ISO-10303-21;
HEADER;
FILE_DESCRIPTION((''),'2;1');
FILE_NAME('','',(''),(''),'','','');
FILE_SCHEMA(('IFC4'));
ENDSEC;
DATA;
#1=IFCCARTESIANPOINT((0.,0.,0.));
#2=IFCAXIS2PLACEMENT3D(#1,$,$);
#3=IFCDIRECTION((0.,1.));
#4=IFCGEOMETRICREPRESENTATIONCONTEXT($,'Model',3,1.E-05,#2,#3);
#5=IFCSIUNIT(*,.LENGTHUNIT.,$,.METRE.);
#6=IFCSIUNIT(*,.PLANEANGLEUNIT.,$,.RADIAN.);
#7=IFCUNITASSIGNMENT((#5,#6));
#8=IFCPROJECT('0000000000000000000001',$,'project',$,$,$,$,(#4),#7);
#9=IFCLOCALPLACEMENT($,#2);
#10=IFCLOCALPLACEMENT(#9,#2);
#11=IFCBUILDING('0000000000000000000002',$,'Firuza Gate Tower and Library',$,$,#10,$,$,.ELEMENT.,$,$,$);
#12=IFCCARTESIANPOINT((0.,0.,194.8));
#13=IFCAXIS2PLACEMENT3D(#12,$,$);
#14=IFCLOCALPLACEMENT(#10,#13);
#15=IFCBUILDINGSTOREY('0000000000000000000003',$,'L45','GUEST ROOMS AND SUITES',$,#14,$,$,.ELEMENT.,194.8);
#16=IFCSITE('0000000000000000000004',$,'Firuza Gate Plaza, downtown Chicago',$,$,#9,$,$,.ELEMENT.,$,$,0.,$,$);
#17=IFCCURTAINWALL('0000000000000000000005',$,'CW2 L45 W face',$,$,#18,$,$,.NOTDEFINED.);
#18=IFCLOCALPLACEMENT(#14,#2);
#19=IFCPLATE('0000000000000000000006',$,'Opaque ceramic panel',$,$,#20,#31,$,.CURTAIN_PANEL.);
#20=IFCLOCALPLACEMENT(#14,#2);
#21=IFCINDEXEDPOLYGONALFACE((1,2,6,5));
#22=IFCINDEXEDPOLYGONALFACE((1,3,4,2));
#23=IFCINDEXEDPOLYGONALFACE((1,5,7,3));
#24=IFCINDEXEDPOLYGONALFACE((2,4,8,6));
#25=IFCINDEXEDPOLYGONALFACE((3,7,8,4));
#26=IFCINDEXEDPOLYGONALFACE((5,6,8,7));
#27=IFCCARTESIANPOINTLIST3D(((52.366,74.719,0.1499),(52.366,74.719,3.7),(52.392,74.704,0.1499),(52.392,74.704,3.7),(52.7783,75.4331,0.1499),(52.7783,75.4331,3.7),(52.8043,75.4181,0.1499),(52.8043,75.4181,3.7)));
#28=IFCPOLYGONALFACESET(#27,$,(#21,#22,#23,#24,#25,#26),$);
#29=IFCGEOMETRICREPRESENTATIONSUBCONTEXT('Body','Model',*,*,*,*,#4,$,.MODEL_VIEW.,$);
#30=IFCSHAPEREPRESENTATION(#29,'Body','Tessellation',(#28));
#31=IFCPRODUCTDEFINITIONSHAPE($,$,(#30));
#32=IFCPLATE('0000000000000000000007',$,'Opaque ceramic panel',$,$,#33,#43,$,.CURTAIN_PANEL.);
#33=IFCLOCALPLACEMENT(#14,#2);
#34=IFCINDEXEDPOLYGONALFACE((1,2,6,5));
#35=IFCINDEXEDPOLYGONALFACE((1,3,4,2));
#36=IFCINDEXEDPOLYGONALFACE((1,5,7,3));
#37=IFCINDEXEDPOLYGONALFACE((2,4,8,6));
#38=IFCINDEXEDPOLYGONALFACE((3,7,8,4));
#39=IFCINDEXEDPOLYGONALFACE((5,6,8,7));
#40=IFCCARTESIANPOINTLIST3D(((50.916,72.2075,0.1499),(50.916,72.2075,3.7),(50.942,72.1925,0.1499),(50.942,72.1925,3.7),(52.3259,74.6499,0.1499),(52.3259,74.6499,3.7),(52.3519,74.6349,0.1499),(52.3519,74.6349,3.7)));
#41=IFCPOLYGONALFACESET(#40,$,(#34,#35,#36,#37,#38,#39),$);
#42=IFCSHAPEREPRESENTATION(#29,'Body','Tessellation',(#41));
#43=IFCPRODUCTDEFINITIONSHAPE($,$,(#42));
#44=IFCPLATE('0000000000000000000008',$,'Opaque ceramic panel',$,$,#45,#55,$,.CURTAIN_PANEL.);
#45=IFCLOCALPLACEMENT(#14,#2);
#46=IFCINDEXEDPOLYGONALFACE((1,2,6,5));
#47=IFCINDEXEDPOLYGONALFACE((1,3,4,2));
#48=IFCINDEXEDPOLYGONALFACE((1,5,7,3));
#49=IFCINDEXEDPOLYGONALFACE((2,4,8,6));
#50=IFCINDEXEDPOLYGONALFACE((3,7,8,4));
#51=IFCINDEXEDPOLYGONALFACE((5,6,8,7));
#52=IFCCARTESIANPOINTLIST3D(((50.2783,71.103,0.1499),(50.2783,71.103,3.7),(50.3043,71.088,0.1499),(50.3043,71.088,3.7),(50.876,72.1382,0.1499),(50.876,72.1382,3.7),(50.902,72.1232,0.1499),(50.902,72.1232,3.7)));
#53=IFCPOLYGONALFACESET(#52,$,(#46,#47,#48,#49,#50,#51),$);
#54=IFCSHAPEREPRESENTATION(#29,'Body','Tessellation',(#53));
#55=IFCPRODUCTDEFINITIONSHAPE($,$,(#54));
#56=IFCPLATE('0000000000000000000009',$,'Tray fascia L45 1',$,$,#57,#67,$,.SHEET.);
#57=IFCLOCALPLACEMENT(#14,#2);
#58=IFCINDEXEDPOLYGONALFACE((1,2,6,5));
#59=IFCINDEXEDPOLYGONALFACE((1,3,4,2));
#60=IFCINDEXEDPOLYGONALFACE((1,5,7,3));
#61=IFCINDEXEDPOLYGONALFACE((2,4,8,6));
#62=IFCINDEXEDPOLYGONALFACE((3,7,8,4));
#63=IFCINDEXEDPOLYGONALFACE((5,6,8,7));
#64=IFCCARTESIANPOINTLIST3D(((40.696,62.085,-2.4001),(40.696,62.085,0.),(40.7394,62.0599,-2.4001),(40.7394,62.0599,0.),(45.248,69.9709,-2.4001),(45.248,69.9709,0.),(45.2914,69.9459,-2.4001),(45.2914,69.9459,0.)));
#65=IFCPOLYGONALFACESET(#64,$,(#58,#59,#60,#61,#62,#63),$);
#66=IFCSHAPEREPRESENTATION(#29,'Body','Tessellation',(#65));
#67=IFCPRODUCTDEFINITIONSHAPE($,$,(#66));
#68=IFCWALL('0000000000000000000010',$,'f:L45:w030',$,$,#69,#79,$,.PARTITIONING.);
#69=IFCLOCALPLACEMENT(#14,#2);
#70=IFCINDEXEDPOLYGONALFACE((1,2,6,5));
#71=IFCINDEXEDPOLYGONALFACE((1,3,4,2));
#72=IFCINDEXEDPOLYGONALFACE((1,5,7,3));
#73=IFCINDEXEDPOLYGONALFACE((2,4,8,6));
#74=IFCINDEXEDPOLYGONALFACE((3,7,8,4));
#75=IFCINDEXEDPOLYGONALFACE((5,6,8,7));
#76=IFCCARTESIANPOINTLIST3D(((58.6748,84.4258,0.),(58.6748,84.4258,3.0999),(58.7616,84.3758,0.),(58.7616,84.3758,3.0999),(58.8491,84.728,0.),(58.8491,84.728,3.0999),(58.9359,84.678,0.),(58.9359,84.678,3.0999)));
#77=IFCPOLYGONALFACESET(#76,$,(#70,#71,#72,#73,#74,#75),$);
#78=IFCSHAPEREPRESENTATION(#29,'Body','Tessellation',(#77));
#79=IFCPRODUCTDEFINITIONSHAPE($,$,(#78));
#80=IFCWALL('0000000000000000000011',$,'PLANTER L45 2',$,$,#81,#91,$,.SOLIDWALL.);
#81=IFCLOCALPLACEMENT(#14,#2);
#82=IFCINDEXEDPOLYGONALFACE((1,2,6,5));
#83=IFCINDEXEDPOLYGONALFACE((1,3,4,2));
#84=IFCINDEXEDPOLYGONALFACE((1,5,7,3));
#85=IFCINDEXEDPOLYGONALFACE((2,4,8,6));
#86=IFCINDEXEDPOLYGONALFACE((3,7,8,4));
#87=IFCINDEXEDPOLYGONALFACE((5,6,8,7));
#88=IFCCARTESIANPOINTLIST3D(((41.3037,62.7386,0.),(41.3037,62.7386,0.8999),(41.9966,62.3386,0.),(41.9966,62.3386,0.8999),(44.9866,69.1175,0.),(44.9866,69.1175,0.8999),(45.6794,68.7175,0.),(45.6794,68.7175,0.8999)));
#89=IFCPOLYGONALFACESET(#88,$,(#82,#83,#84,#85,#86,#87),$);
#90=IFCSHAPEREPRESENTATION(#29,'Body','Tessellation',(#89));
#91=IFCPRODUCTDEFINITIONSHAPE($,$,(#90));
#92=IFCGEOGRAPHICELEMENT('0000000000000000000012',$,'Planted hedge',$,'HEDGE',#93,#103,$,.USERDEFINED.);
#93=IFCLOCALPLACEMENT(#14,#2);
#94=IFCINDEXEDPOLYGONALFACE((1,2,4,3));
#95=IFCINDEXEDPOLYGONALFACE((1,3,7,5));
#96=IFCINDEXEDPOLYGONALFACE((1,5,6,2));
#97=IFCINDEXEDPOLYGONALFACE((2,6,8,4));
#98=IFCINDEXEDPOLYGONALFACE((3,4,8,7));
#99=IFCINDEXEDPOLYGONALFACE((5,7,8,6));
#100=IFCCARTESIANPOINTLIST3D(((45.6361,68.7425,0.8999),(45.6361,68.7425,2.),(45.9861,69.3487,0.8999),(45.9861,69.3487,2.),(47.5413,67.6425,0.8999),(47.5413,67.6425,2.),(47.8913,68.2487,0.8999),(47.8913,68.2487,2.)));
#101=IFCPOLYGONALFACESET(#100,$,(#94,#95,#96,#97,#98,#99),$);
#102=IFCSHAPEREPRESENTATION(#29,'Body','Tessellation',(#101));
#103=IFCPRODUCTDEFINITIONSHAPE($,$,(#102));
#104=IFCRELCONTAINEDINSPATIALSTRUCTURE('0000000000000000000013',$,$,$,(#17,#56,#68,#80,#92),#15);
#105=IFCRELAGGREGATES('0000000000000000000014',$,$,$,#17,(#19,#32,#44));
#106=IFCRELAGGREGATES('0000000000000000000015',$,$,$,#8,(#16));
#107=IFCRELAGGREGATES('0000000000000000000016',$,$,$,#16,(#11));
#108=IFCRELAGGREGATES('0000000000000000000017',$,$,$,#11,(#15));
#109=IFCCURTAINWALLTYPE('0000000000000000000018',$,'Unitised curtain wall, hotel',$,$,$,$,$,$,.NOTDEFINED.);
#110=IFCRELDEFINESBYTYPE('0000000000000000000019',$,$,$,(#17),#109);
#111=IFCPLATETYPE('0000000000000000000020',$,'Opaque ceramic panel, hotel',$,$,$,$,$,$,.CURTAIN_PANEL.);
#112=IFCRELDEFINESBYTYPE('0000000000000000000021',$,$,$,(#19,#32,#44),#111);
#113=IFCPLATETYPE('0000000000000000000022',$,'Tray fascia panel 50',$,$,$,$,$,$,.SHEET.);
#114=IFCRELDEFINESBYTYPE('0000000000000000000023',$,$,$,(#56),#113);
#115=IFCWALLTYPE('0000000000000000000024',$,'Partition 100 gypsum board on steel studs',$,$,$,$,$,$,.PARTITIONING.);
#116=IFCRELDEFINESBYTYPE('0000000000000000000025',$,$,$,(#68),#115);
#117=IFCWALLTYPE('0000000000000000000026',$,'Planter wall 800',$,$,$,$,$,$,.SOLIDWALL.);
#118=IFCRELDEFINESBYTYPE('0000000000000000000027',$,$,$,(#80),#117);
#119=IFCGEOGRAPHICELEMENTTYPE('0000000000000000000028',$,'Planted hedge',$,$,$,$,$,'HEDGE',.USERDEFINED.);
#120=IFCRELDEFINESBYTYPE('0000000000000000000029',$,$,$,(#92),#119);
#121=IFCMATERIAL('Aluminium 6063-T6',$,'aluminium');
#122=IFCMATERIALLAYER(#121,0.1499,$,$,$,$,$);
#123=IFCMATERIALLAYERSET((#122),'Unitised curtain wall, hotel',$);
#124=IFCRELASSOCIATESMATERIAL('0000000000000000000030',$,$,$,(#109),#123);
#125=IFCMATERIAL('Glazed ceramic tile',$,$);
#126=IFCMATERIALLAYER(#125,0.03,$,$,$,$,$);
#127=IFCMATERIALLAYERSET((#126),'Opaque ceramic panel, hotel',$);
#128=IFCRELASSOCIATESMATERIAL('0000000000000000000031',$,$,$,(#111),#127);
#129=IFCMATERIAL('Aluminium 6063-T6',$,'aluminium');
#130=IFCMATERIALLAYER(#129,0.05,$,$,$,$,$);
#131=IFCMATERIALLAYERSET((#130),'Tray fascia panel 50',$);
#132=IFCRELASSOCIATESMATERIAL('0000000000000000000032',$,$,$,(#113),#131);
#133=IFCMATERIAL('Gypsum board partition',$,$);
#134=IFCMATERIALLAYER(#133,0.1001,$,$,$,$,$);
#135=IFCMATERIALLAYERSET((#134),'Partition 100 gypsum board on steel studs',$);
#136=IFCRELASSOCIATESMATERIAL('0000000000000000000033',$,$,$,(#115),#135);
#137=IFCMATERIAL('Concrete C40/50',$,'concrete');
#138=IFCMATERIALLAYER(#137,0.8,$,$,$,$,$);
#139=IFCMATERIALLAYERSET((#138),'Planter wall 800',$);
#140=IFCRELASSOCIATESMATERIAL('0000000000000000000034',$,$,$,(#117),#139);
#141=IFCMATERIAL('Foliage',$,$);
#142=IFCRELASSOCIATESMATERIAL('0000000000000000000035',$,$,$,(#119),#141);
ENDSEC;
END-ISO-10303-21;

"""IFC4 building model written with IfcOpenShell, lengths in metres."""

from ifc_helpers import new_model, si_unit, direction, frame, frame_2d, origin, origin_2d, place, context, subcontext, project, spatial, polyline, rectangle, outline, extrude, material, layer, layer_set, type_object, element, aggregate, save


model = new_model("IFC4")

# Units and contexts
model_context = context("Model", 3, precision=1e-05, world=origin(), true_north=direction((0.0, 1.0)))
body_context = subcontext(model_context, "Body", "Model", "MODEL_VIEW")
ifc_project = project(units=[si_unit("LENGTHUNIT", "METRE"), si_unit("PLANEANGLEUNIT", "RADIAN")], contexts=[model_context])

# Site, building, storey
site_placement = place(None, origin())
site = spatial("IfcSite", under=ifc_project, at=site_placement, Name="Firuza Gate Plaza, downtown Chicago", CompositionType="ELEMENT", RefElevation=0.0)
building_placement = place(site_placement, origin())
building = spatial("IfcBuilding", under=site, at=building_placement, Name="Firuza Gate Tower and Library", CompositionType="ELEMENT")
storey_placement = place(building_placement, frame((0.0, 0.0, 194.8)))
storey = spatial("IfcBuildingStorey", under=building, at=storey_placement, Name="L45", Description="GUEST ROOMS AND SUITES", CompositionType="ELEMENT", Elevation=194.8)

# Curtain wall
ifc_material_1 = material(Name="Aluminium 6063-T6", Category="aluminium")
ifc_layer_1 = layer(ifc_material_1, 0.1499)
ifc_layer_set_1 = layer_set([ifc_layer_1], Name="Unitised curtain wall, hotel")
curtain_wall_type = type_object("IfcCurtainWallType", Name="Unitised curtain wall, hotel", PredefinedType="NOTDEFINED", material=ifc_layer_set_1)
curtain_wall_placement = place(storey_placement, origin())
curtain_wall = element("IfcCurtainWall", 1, at=curtain_wall_placement, inside=storey, type_object=curtain_wall_type, Name="CW2 L45 W face", PredefinedType="NOTDEFINED")

# Plates
ifc_material_2 = material(Name="Glazed ceramic tile")
ifc_layer_2 = layer(ifc_material_2, 0.03)
ifc_layer_set_2 = layer_set([ifc_layer_2], Name="Opaque ceramic panel, hotel")
plate_type_1 = type_object("IfcPlateType", Name="Opaque ceramic panel, hotel", PredefinedType="CURTAIN_PANEL", material=ifc_layer_set_2)
plate_1_placement = place(storey_placement, frame((52.7783, 75.4331, 0.1499), z_axis=(-0.865993, 0.500056, 0.0), x_axis=(-0.500056, -0.865993, 0.0)))
plate_1 = element("IfcPlate", 2, at=plate_1_placement, type_object=plate_type_1, Name="Opaque ceramic panel", PredefinedType="CURTAIN_PANEL", context=body_context, shape_type="SweptSolid", body=[
    extrude(outline(polyline([(0.0, 0.0), (0.8246, 0.0), (0.8246, 3.55), (0.0, 3.55), (0.0, 0.0)])), origin(), (0.0, 0.0, -1.0), 0.03),
])
plate_2_placement = place(storey_placement, frame((52.3259, 74.6499, 0.1499), z_axis=(-0.866056, 0.499947, 0.0), x_axis=(-0.499947, -0.866056, 0.0)))
plate_2 = element("IfcPlate", 3, at=plate_2_placement, type_object=plate_type_1, Name="Opaque ceramic panel", PredefinedType="CURTAIN_PANEL", context=body_context, shape_type="SweptSolid", body=[
    extrude(outline(polyline([(0.0, 0.0), (2.8201, 0.0), (2.8201, 3.55), (0.0, 3.55), (0.0, 0.0)])), origin(), (0.0, 0.0, -1.0), 0.03),
])
plate_3_placement = place(storey_placement, frame((50.876, 72.1382, 0.1499), z_axis=(-0.866022, 0.500005, 0.0), x_axis=(-0.500005, -0.866022, 0.0)))
plate_3 = element("IfcPlate", 4, at=plate_3_placement, type_object=plate_type_1, Name="Opaque ceramic panel", PredefinedType="CURTAIN_PANEL", context=body_context, shape_type="SweptSolid", body=[
    extrude(outline(polyline([(0.0, 0.0), (1.1953, 0.0), (1.1953, 3.55), (0.0, 3.55), (0.0, 0.0)])), origin(), (0.0, 0.0, -1.0), 0.03),
])
aggregate(curtain_wall, [plate_1, plate_2, plate_3])
ifc_material_3 = material(Name="Aluminium 6063-T6", Category="aluminium")
ifc_layer_3 = layer(ifc_material_3, 0.05)
ifc_layer_set_3 = layer_set([ifc_layer_3], Name="Tray fascia panel 50")
plate_type_2 = type_object("IfcPlateType", Name="Tray fascia panel 50", PredefinedType="SHEET", material=ifc_layer_set_3)
plate_4_placement = place(storey_placement, frame((45.248, 69.9709, -2.4001), z_axis=(-0.866072, 0.49992, 0.0), x_axis=(-0.49992, -0.866072, 0.0)))
element("IfcPlate", 5, at=plate_4_placement, inside=storey, type_object=plate_type_2, Name="Tray fascia L45 1", PredefinedType="SHEET", context=body_context, shape_type="SweptSolid", body=[
    extrude(outline(polyline([(0.0, 0.0), (9.1055, 0.0), (9.1055, 2.4001), (0.0, 2.4001), (0.0, 0.0)])), origin(), (0.0, 0.0, -1.0), 0.05),
])

# Walls
ifc_material_4 = material(Name="Gypsum board partition")
ifc_layer_4 = layer(ifc_material_4, 0.1001)
ifc_layer_set_4 = layer_set([ifc_layer_4], Name="Partition 100 gypsum board on steel studs")
wall_type_1 = type_object("IfcWallType", Name="Partition 100 gypsum board on steel studs", PredefinedType="PARTITIONING", material=ifc_layer_set_4)
wall_1_placement = place(storey_placement, frame((58.7183, 84.4009, 0.0), z_axis=(0.0, 0.0, 1.0), x_axis=(0.499601, 0.866255, 0.0)))
element("IfcWall", 6, at=wall_1_placement, inside=storey, type_object=wall_type_1, Name="f:L45:w030", PredefinedType="PARTITIONING", context=body_context, shape_type="SweptSolid", body=[
    extrude(rectangle(XDim=0.3489, YDim=0.1001, at=frame_2d((0.1743, 0.0))), origin(), (0.0, 0.0, 1.0), 3.0999),
])
ifc_material_5 = material(Name="Concrete C40/50", Category="concrete")
ifc_layer_5 = layer(ifc_material_5, 0.8)
ifc_layer_set_5 = layer_set([ifc_layer_5], Name="Planter wall 800")
wall_type_2 = type_object("IfcWallType", Name="Planter wall 800", PredefinedType="SOLIDWALL", material=ifc_layer_set_5)
wall_2_placement = place(storey_placement, frame((45.333, 68.9175, 0.0), z_axis=(0.0, 0.0, 1.0), x_axis=(-0.5, -0.866026, 0.0)))
element("IfcWall", 7, at=wall_2_placement, inside=storey, type_object=wall_type_2, Name="PLANTER L45 2", PredefinedType="SOLIDWALL", context=body_context, shape_type="SweptSolid", body=[
    extrude(rectangle(XDim=7.3657, YDim=0.8, at=frame_2d((3.6829, 0.0))), origin(), (0.0, 0.0, 1.0), 0.8999),
])

# Geographic element
ifc_material_6 = material(Name="Foliage")
geographic_element_type = type_object("IfcGeographicElementType", Name="Planted hedge", ElementType="HEDGE", PredefinedType="USERDEFINED", material=ifc_material_6)
geographic_element_placement = place(storey_placement, frame((46.7637, 68.4956, 0.8999), z_axis=(0.0, 0.0, 1.0), x_axis=(-0.866025, 0.5, 0.0)))
element("IfcGeographicElement", 8, at=geographic_element_placement, inside=storey, type_object=geographic_element_type, Name="Planted hedge", ObjectType="HEDGE", PredefinedType="USERDEFINED", context=body_context, shape_type="SweptSolid", body=[
    extrude(rectangle(XDim=2.2, YDim=0.7, at=origin_2d()), origin(), (0.0, 0.0, 1.0), 1.1001),
])

save(model, "model.ifc")
